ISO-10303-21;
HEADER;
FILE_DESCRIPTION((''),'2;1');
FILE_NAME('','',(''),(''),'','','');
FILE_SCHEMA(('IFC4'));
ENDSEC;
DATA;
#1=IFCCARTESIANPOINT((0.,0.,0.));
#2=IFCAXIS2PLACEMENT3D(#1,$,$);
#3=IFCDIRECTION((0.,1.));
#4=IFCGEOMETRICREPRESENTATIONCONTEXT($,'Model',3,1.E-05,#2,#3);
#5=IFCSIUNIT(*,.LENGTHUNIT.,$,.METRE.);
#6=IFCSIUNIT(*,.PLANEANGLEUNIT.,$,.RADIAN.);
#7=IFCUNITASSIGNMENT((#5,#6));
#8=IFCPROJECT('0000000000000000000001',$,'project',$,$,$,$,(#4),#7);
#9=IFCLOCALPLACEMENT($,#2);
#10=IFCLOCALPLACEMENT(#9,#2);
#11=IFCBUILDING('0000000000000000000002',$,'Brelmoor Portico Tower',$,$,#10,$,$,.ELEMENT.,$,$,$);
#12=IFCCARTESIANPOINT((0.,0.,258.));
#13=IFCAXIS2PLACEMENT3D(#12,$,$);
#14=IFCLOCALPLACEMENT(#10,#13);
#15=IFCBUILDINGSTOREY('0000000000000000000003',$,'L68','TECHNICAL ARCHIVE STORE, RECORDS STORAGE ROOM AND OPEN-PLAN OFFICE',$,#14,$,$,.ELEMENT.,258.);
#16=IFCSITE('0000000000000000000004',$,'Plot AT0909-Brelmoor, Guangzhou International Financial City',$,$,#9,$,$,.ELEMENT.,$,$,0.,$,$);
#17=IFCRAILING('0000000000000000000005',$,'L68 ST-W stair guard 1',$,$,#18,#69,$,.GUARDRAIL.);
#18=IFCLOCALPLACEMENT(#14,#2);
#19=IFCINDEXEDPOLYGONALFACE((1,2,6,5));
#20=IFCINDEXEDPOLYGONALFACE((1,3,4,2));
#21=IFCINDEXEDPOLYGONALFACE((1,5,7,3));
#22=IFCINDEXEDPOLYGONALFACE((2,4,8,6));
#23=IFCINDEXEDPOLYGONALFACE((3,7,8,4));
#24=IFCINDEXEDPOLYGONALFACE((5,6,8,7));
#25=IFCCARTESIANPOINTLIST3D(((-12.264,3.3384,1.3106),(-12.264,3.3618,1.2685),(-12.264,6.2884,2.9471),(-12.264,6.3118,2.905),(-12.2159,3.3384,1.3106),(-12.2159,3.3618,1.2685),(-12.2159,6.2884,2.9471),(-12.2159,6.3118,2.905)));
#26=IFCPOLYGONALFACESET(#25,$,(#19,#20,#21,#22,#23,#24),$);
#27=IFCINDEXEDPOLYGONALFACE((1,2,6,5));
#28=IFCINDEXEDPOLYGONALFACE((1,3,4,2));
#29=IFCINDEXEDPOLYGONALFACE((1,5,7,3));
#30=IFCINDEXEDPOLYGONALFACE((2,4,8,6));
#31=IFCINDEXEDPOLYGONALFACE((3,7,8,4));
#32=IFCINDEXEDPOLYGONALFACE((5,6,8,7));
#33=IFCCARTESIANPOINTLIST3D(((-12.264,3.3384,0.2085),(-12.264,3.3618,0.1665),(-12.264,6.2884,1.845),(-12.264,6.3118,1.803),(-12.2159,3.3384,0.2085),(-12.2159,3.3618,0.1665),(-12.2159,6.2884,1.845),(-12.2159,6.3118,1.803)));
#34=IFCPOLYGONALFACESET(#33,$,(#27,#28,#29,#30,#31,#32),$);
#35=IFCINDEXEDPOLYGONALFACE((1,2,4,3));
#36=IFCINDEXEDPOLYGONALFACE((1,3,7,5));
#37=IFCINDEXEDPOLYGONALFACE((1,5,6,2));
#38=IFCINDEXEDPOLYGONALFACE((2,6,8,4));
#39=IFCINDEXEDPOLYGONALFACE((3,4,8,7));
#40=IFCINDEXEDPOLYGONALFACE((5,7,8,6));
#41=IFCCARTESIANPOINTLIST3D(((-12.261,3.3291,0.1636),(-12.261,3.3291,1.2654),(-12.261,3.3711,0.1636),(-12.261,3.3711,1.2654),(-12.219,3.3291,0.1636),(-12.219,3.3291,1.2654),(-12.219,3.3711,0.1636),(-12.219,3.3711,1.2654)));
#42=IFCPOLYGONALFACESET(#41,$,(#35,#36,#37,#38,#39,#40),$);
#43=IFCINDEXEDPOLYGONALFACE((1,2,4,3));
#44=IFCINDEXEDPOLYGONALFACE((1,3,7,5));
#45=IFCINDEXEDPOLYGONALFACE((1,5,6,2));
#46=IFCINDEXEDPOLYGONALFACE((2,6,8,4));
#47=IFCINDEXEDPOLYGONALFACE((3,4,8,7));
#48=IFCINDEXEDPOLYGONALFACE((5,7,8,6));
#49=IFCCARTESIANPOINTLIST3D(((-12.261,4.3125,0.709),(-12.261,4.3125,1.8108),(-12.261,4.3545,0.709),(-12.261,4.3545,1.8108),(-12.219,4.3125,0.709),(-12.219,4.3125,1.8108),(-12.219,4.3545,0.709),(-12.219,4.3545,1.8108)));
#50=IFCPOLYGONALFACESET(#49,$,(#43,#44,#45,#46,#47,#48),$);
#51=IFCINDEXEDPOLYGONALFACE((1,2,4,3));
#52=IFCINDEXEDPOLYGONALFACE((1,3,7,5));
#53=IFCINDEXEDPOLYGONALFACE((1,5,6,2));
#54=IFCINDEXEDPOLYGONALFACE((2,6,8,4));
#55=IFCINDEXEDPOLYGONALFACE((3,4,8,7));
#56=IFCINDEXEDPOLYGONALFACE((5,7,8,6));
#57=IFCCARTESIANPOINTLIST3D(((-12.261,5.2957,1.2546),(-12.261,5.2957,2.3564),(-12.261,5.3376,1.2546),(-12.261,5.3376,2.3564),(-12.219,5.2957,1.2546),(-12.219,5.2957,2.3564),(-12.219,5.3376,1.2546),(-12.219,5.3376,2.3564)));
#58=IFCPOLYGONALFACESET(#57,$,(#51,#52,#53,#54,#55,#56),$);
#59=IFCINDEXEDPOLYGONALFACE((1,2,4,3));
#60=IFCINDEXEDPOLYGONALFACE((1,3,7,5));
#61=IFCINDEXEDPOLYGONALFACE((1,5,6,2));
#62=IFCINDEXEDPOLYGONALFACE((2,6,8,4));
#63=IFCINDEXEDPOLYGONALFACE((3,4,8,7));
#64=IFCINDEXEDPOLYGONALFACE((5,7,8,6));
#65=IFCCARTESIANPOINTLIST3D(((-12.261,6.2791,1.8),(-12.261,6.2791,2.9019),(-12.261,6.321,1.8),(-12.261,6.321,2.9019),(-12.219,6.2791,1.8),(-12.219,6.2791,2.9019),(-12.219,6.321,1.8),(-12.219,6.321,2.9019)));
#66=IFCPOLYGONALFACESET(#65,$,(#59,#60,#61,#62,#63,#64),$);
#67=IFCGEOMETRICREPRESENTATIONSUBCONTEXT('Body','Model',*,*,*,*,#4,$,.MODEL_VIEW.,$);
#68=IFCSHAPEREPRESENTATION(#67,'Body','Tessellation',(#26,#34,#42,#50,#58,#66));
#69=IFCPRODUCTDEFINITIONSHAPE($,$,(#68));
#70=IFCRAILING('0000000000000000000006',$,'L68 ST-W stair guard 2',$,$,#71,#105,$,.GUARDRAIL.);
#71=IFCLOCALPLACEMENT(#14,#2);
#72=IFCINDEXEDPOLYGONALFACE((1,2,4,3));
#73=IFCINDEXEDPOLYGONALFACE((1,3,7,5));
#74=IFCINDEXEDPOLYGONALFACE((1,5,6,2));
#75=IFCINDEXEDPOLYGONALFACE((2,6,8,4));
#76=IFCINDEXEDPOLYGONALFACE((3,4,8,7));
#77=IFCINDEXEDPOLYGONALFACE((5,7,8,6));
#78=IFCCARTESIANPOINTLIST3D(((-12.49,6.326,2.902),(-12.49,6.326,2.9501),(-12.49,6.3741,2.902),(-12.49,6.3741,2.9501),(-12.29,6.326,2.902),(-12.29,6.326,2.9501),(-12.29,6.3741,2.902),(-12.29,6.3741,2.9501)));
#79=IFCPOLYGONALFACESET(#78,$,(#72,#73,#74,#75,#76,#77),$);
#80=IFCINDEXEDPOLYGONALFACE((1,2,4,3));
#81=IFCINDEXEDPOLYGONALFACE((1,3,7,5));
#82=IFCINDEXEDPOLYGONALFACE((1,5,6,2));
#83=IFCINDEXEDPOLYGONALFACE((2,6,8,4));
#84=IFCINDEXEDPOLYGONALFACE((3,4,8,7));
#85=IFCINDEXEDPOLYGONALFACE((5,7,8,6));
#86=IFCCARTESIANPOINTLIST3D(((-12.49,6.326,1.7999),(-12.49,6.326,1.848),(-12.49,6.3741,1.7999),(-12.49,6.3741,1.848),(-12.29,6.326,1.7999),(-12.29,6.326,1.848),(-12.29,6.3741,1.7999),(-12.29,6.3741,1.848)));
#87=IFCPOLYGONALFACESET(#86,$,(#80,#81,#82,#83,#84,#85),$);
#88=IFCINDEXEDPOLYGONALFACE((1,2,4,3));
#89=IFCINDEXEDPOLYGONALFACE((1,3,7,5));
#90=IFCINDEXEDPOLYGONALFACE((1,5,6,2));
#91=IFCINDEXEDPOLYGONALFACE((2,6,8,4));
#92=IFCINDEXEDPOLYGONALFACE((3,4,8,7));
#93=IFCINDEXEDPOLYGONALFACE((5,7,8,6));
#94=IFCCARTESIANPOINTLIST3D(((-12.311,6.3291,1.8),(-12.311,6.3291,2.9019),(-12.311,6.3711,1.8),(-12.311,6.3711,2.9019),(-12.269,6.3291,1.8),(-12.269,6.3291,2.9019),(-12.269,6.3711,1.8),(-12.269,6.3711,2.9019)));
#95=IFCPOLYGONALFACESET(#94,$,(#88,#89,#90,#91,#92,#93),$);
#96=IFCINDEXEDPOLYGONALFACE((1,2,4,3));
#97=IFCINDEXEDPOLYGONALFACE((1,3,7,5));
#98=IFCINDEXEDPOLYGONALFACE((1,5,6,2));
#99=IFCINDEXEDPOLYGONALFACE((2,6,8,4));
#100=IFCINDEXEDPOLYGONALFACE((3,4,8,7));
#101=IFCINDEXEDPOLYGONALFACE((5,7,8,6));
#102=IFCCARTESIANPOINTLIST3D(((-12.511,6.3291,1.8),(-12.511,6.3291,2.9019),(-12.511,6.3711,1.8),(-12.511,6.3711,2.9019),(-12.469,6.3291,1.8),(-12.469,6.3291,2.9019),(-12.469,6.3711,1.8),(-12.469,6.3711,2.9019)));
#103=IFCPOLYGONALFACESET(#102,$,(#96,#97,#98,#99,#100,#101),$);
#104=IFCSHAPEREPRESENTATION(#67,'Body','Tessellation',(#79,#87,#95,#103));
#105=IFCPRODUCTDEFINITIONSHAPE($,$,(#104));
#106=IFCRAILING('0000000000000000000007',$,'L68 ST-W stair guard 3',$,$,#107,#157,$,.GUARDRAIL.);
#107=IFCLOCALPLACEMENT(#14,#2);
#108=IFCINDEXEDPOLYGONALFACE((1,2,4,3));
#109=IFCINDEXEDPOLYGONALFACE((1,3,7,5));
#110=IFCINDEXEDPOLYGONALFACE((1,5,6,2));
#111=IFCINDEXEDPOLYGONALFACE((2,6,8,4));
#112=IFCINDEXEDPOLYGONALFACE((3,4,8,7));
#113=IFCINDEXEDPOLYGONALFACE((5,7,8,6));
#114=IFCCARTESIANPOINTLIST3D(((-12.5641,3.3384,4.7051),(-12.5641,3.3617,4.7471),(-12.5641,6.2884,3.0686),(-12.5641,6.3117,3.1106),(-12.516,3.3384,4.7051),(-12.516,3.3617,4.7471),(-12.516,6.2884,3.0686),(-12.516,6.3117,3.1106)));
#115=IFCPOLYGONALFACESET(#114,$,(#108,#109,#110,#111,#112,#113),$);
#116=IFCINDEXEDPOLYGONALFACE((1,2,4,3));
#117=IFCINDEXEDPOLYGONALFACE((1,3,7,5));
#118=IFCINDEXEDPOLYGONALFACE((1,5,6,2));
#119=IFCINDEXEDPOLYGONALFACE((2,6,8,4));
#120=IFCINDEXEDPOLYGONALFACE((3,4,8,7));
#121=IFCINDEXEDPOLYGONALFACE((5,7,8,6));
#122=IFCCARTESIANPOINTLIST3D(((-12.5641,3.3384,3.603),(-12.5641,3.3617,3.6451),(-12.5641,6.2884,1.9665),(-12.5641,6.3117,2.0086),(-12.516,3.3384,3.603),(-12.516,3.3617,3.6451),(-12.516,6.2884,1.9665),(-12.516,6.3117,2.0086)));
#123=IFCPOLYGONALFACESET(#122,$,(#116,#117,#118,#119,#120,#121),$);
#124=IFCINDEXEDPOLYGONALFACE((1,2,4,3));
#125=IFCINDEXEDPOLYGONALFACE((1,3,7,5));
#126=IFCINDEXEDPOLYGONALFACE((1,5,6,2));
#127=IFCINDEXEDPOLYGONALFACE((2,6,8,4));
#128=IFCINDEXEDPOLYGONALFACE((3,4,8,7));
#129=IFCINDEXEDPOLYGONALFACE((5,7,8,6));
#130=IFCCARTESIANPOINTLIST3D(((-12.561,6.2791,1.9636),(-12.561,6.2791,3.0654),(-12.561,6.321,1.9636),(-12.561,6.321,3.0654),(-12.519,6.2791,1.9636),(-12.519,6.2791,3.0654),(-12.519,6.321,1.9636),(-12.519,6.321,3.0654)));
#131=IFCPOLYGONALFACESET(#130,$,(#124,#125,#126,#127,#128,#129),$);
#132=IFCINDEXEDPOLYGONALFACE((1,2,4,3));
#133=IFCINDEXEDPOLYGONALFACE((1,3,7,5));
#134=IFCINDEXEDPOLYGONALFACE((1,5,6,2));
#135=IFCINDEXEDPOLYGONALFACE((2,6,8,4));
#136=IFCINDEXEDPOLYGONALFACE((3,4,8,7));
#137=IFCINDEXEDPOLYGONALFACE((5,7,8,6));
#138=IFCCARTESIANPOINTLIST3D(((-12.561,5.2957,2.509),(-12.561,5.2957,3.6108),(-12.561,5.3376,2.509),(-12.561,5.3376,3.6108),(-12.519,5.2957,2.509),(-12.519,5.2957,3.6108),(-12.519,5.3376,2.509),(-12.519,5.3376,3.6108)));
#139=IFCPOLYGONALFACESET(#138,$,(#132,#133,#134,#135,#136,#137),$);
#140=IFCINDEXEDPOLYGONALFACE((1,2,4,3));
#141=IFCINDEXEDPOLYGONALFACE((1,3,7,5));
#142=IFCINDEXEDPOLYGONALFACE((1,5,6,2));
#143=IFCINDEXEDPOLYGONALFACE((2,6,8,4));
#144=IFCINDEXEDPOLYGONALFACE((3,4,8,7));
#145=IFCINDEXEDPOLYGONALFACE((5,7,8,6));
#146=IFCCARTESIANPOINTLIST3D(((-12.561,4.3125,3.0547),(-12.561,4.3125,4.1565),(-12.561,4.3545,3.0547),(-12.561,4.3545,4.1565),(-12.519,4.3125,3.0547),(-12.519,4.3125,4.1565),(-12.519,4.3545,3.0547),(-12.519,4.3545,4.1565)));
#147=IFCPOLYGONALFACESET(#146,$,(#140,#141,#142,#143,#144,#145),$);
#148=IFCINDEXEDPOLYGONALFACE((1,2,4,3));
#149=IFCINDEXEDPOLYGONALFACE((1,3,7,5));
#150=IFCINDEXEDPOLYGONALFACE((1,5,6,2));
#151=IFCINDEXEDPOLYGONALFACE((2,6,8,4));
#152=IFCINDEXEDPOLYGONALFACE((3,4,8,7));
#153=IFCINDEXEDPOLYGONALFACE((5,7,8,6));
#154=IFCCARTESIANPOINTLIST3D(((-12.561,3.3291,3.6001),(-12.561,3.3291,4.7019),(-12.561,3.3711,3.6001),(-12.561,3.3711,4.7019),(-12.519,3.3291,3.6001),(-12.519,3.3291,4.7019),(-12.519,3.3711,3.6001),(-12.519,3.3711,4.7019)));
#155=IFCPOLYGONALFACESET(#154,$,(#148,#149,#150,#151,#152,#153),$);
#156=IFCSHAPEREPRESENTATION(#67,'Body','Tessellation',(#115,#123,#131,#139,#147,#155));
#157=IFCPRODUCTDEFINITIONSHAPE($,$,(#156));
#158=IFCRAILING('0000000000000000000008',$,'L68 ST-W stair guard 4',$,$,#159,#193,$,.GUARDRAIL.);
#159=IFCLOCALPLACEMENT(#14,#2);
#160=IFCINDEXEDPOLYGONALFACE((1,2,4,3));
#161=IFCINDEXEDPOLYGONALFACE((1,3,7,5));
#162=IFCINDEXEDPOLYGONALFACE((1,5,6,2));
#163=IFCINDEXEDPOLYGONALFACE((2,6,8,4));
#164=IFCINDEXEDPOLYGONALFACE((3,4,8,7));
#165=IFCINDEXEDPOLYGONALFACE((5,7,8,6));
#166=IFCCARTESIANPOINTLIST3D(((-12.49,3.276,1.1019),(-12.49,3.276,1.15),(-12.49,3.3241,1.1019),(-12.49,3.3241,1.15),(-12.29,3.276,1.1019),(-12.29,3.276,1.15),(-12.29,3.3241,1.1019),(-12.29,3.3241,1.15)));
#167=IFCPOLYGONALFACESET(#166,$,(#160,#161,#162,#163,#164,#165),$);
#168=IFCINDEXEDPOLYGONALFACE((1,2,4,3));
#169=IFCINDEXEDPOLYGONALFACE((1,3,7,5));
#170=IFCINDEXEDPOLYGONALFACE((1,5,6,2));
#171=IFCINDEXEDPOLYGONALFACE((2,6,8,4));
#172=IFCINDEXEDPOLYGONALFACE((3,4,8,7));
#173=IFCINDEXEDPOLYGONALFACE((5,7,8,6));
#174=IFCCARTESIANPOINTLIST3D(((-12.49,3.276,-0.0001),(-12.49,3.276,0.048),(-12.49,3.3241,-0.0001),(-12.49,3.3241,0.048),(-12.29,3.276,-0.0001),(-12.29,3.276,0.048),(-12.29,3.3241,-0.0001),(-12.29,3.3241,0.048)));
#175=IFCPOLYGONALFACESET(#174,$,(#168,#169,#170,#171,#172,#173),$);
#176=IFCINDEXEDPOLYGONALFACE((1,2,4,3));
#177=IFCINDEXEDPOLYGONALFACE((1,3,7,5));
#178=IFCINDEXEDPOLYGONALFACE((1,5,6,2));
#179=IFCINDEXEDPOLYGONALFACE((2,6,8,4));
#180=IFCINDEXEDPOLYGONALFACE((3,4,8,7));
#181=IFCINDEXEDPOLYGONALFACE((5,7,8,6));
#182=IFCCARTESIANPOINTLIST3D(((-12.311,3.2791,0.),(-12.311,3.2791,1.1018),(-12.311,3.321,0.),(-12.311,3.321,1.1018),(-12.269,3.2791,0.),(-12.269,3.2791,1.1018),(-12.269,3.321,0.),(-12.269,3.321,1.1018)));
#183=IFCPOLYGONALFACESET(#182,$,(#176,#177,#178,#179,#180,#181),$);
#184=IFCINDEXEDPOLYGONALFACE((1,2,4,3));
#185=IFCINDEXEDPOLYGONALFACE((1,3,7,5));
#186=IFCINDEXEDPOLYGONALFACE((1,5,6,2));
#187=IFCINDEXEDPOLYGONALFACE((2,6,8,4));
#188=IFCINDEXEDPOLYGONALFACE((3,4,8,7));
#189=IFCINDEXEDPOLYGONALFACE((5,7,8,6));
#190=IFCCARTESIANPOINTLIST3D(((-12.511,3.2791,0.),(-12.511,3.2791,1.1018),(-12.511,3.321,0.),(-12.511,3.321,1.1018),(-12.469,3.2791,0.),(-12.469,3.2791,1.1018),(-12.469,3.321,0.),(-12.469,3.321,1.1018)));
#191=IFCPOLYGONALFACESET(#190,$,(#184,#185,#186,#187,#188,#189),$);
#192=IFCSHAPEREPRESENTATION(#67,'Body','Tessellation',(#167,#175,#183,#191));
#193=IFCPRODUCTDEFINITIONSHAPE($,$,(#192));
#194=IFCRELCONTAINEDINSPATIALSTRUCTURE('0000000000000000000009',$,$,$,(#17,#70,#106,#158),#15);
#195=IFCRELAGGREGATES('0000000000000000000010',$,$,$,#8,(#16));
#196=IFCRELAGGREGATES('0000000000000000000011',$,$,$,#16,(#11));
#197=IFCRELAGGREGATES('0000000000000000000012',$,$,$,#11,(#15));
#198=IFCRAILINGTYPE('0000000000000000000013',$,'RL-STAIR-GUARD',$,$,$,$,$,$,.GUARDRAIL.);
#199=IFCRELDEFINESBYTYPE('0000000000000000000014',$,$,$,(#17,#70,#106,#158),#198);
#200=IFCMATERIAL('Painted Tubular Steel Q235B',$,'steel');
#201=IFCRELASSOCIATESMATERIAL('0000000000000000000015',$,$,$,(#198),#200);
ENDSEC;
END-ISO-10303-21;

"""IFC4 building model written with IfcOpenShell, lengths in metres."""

from ifc_helpers import new_model, si_unit, direction, frame, origin, origin_2d, place, context, subcontext, project, spatial, rectangle, extrude, material, type_object, element, save


model = new_model("IFC4")

# Units and contexts
model_context = context("Model", 3, precision=1e-05, world=origin(), true_north=direction((0.0, 1.0)))
body_context = subcontext(model_context, "Body", "Model", "MODEL_VIEW")
ifc_project = project(units=[si_unit("LENGTHUNIT", "METRE"), si_unit("PLANEANGLEUNIT", "RADIAN")], contexts=[model_context])

# Site, building, storey
site_placement = place(None, origin())
site = spatial("IfcSite", under=ifc_project, at=site_placement, Name="Plot AT0909-Brelmoor, Guangzhou International Financial City", CompositionType="ELEMENT", RefElevation=0.0)
building_placement = place(site_placement, origin())
building = spatial("IfcBuilding", under=site, at=building_placement, Name="Brelmoor Portico Tower", CompositionType="ELEMENT")
storey_placement = place(building_placement, frame((0.0, 0.0, 258.0)))
storey = spatial("IfcBuildingStorey", under=building, at=storey_placement, Name="L68", Description="TECHNICAL ARCHIVE STORE, RECORDS STORAGE ROOM AND OPEN-PLAN OFFICE", CompositionType="ELEMENT", Elevation=258.0)

# Railings
ifc_material_1 = material(Name="Painted Tubular Steel Q235B", Category="steel")
railing_type_1 = type_object("IfcRailingType", Name="RL-STAIR-GUARD", PredefinedType="GUARDRAIL", material=ifc_material_1)
railing_1_placement = place(storey_placement, frame((-12.24, 3.3501, 0.1636)))
element("IfcRailing", 1, at=railing_1_placement, inside=storey, type_object=railing_type_1, Name="L68 ST-W stair guard 1", PredefinedType="GUARDRAIL", context=body_context, shape_type="SweptSolid", body=[
    extrude(rectangle(XDim=0.0481, YDim=0.0481, at=origin_2d()), frame((0.0, 0.0, 1.126), z_axis=(0.0, 0.874458, 0.485102), x_axis=(-1.0, 0.0, 0.0)), (0.0, 0.0, 1.0), 3.3735),
    extrude(rectangle(XDim=0.0481, YDim=0.0481, at=origin_2d()), frame((0.0, 0.0, 0.0239), z_axis=(0.0, 0.874458, 0.485102), x_axis=(-1.0, 0.0, 0.0)), (0.0, 0.0, 1.0), 3.3735),
    extrude(rectangle(XDim=0.042, YDim=0.042, at=origin_2d()), origin(), (0.0, 0.0, 1.0), 1.1018),
    extrude(rectangle(XDim=0.042, YDim=0.042, at=origin_2d()), frame((0.0, 0.9834, 0.5454)), (0.0, 0.0, 1.0), 1.1018),
    extrude(rectangle(XDim=0.042, YDim=0.042, at=origin_2d()), frame((0.0, 1.9666, 1.0911)), (0.0, 0.0, 1.0), 1.1018),
    extrude(rectangle(XDim=0.042, YDim=0.042, at=origin_2d()), frame((0.0, 2.95, 1.6365)), (0.0, 0.0, 1.0), 1.1018),
])
railing_2_placement = place(storey_placement, frame((-12.29, 6.3501, 1.8)))
element("IfcRailing", 2, at=railing_2_placement, inside=storey, type_object=railing_type_1, Name="L68 ST-W stair guard 2", PredefinedType="GUARDRAIL", context=body_context, shape_type="SweptSolid", body=[
    extrude(rectangle(XDim=0.0481, YDim=0.0481, at=origin_2d()), frame((0.0, 0.0, 1.126), z_axis=(-1.0, 0.0, 0.0), x_axis=(0.0, -1.0, 0.0)), (0.0, 0.0, 1.0), 0.2),
    extrude(rectangle(XDim=0.0481, YDim=0.0481, at=origin_2d()), frame((0.0, 0.0, 0.0239), z_axis=(-1.0, 0.0, 0.0), x_axis=(0.0, -1.0, 0.0)), (0.0, 0.0, 1.0), 0.2),
    extrude(rectangle(XDim=0.042, YDim=0.042, at=origin_2d()), origin(), (0.0, 0.0, 1.0), 1.1018),
    extrude(rectangle(XDim=0.042, YDim=0.042, at=origin_2d()), frame((-0.2, 0.0, 0.0)), (0.0, 0.0, 1.0), 1.1018),
])
railing_3_placement = place(storey_placement, frame((-12.54, 6.3, 1.9636)))
element("IfcRailing", 3, at=railing_3_placement, inside=storey, type_object=railing_type_1, Name="L68 ST-W stair guard 3", PredefinedType="GUARDRAIL", context=body_context, shape_type="SweptSolid", body=[
    extrude(rectangle(XDim=0.0481, YDim=0.0481, at=origin_2d()), frame((0.0, 0.0, 1.126), z_axis=(0.0, -0.874458, 0.485102), x_axis=(1.0, 0.0, 0.0)), (0.0, 0.0, 1.0), 3.3735),
    extrude(rectangle(XDim=0.0481, YDim=0.0481, at=origin_2d()), frame((0.0, 0.0, 0.0239), z_axis=(0.0, -0.874458, 0.485102), x_axis=(1.0, 0.0, 0.0)), (0.0, 0.0, 1.0), 3.3735),
    extrude(rectangle(XDim=0.042, YDim=0.042, at=origin_2d()), origin(), (0.0, 0.0, 1.0), 1.1018),
    extrude(rectangle(XDim=0.042, YDim=0.042, at=origin_2d()), frame((0.0, -0.9834, 0.5454)), (0.0, 0.0, 1.0), 1.1018),
    extrude(rectangle(XDim=0.042, YDim=0.042, at=origin_2d()), frame((0.0, -1.9666, 1.0911)), (0.0, 0.0, 1.0), 1.1018),
    extrude(rectangle(XDim=0.042, YDim=0.042, at=origin_2d()), frame((0.0, -2.95, 1.6365)), (0.0, 0.0, 1.0), 1.1018),
])
railing_4_placement = place(storey_placement, frame((-12.29, 3.3, 0.0)))
element("IfcRailing", 4, at=railing_4_placement, inside=storey, type_object=railing_type_1, Name="L68 ST-W stair guard 4", PredefinedType="GUARDRAIL", context=body_context, shape_type="SweptSolid", body=[
    extrude(rectangle(XDim=0.0481, YDim=0.0481, at=origin_2d()), frame((0.0, 0.0, 1.126), z_axis=(-1.0, 0.0, 0.0), x_axis=(0.0, -1.0, 0.0)), (0.0, 0.0, 1.0), 0.2),
    extrude(rectangle(XDim=0.0481, YDim=0.0481, at=origin_2d()), frame((0.0, 0.0, 0.0239), z_axis=(-1.0, 0.0, 0.0), x_axis=(0.0, -1.0, 0.0)), (0.0, 0.0, 1.0), 0.2),
    extrude(rectangle(XDim=0.042, YDim=0.042, at=origin_2d()), origin(), (0.0, 0.0, 1.0), 1.1018),
    extrude(rectangle(XDim=0.042, YDim=0.042, at=origin_2d()), frame((-0.2, 0.0, 0.0)), (0.0, 0.0, 1.0), 1.1018),
])

save(model, "model.ifc")
